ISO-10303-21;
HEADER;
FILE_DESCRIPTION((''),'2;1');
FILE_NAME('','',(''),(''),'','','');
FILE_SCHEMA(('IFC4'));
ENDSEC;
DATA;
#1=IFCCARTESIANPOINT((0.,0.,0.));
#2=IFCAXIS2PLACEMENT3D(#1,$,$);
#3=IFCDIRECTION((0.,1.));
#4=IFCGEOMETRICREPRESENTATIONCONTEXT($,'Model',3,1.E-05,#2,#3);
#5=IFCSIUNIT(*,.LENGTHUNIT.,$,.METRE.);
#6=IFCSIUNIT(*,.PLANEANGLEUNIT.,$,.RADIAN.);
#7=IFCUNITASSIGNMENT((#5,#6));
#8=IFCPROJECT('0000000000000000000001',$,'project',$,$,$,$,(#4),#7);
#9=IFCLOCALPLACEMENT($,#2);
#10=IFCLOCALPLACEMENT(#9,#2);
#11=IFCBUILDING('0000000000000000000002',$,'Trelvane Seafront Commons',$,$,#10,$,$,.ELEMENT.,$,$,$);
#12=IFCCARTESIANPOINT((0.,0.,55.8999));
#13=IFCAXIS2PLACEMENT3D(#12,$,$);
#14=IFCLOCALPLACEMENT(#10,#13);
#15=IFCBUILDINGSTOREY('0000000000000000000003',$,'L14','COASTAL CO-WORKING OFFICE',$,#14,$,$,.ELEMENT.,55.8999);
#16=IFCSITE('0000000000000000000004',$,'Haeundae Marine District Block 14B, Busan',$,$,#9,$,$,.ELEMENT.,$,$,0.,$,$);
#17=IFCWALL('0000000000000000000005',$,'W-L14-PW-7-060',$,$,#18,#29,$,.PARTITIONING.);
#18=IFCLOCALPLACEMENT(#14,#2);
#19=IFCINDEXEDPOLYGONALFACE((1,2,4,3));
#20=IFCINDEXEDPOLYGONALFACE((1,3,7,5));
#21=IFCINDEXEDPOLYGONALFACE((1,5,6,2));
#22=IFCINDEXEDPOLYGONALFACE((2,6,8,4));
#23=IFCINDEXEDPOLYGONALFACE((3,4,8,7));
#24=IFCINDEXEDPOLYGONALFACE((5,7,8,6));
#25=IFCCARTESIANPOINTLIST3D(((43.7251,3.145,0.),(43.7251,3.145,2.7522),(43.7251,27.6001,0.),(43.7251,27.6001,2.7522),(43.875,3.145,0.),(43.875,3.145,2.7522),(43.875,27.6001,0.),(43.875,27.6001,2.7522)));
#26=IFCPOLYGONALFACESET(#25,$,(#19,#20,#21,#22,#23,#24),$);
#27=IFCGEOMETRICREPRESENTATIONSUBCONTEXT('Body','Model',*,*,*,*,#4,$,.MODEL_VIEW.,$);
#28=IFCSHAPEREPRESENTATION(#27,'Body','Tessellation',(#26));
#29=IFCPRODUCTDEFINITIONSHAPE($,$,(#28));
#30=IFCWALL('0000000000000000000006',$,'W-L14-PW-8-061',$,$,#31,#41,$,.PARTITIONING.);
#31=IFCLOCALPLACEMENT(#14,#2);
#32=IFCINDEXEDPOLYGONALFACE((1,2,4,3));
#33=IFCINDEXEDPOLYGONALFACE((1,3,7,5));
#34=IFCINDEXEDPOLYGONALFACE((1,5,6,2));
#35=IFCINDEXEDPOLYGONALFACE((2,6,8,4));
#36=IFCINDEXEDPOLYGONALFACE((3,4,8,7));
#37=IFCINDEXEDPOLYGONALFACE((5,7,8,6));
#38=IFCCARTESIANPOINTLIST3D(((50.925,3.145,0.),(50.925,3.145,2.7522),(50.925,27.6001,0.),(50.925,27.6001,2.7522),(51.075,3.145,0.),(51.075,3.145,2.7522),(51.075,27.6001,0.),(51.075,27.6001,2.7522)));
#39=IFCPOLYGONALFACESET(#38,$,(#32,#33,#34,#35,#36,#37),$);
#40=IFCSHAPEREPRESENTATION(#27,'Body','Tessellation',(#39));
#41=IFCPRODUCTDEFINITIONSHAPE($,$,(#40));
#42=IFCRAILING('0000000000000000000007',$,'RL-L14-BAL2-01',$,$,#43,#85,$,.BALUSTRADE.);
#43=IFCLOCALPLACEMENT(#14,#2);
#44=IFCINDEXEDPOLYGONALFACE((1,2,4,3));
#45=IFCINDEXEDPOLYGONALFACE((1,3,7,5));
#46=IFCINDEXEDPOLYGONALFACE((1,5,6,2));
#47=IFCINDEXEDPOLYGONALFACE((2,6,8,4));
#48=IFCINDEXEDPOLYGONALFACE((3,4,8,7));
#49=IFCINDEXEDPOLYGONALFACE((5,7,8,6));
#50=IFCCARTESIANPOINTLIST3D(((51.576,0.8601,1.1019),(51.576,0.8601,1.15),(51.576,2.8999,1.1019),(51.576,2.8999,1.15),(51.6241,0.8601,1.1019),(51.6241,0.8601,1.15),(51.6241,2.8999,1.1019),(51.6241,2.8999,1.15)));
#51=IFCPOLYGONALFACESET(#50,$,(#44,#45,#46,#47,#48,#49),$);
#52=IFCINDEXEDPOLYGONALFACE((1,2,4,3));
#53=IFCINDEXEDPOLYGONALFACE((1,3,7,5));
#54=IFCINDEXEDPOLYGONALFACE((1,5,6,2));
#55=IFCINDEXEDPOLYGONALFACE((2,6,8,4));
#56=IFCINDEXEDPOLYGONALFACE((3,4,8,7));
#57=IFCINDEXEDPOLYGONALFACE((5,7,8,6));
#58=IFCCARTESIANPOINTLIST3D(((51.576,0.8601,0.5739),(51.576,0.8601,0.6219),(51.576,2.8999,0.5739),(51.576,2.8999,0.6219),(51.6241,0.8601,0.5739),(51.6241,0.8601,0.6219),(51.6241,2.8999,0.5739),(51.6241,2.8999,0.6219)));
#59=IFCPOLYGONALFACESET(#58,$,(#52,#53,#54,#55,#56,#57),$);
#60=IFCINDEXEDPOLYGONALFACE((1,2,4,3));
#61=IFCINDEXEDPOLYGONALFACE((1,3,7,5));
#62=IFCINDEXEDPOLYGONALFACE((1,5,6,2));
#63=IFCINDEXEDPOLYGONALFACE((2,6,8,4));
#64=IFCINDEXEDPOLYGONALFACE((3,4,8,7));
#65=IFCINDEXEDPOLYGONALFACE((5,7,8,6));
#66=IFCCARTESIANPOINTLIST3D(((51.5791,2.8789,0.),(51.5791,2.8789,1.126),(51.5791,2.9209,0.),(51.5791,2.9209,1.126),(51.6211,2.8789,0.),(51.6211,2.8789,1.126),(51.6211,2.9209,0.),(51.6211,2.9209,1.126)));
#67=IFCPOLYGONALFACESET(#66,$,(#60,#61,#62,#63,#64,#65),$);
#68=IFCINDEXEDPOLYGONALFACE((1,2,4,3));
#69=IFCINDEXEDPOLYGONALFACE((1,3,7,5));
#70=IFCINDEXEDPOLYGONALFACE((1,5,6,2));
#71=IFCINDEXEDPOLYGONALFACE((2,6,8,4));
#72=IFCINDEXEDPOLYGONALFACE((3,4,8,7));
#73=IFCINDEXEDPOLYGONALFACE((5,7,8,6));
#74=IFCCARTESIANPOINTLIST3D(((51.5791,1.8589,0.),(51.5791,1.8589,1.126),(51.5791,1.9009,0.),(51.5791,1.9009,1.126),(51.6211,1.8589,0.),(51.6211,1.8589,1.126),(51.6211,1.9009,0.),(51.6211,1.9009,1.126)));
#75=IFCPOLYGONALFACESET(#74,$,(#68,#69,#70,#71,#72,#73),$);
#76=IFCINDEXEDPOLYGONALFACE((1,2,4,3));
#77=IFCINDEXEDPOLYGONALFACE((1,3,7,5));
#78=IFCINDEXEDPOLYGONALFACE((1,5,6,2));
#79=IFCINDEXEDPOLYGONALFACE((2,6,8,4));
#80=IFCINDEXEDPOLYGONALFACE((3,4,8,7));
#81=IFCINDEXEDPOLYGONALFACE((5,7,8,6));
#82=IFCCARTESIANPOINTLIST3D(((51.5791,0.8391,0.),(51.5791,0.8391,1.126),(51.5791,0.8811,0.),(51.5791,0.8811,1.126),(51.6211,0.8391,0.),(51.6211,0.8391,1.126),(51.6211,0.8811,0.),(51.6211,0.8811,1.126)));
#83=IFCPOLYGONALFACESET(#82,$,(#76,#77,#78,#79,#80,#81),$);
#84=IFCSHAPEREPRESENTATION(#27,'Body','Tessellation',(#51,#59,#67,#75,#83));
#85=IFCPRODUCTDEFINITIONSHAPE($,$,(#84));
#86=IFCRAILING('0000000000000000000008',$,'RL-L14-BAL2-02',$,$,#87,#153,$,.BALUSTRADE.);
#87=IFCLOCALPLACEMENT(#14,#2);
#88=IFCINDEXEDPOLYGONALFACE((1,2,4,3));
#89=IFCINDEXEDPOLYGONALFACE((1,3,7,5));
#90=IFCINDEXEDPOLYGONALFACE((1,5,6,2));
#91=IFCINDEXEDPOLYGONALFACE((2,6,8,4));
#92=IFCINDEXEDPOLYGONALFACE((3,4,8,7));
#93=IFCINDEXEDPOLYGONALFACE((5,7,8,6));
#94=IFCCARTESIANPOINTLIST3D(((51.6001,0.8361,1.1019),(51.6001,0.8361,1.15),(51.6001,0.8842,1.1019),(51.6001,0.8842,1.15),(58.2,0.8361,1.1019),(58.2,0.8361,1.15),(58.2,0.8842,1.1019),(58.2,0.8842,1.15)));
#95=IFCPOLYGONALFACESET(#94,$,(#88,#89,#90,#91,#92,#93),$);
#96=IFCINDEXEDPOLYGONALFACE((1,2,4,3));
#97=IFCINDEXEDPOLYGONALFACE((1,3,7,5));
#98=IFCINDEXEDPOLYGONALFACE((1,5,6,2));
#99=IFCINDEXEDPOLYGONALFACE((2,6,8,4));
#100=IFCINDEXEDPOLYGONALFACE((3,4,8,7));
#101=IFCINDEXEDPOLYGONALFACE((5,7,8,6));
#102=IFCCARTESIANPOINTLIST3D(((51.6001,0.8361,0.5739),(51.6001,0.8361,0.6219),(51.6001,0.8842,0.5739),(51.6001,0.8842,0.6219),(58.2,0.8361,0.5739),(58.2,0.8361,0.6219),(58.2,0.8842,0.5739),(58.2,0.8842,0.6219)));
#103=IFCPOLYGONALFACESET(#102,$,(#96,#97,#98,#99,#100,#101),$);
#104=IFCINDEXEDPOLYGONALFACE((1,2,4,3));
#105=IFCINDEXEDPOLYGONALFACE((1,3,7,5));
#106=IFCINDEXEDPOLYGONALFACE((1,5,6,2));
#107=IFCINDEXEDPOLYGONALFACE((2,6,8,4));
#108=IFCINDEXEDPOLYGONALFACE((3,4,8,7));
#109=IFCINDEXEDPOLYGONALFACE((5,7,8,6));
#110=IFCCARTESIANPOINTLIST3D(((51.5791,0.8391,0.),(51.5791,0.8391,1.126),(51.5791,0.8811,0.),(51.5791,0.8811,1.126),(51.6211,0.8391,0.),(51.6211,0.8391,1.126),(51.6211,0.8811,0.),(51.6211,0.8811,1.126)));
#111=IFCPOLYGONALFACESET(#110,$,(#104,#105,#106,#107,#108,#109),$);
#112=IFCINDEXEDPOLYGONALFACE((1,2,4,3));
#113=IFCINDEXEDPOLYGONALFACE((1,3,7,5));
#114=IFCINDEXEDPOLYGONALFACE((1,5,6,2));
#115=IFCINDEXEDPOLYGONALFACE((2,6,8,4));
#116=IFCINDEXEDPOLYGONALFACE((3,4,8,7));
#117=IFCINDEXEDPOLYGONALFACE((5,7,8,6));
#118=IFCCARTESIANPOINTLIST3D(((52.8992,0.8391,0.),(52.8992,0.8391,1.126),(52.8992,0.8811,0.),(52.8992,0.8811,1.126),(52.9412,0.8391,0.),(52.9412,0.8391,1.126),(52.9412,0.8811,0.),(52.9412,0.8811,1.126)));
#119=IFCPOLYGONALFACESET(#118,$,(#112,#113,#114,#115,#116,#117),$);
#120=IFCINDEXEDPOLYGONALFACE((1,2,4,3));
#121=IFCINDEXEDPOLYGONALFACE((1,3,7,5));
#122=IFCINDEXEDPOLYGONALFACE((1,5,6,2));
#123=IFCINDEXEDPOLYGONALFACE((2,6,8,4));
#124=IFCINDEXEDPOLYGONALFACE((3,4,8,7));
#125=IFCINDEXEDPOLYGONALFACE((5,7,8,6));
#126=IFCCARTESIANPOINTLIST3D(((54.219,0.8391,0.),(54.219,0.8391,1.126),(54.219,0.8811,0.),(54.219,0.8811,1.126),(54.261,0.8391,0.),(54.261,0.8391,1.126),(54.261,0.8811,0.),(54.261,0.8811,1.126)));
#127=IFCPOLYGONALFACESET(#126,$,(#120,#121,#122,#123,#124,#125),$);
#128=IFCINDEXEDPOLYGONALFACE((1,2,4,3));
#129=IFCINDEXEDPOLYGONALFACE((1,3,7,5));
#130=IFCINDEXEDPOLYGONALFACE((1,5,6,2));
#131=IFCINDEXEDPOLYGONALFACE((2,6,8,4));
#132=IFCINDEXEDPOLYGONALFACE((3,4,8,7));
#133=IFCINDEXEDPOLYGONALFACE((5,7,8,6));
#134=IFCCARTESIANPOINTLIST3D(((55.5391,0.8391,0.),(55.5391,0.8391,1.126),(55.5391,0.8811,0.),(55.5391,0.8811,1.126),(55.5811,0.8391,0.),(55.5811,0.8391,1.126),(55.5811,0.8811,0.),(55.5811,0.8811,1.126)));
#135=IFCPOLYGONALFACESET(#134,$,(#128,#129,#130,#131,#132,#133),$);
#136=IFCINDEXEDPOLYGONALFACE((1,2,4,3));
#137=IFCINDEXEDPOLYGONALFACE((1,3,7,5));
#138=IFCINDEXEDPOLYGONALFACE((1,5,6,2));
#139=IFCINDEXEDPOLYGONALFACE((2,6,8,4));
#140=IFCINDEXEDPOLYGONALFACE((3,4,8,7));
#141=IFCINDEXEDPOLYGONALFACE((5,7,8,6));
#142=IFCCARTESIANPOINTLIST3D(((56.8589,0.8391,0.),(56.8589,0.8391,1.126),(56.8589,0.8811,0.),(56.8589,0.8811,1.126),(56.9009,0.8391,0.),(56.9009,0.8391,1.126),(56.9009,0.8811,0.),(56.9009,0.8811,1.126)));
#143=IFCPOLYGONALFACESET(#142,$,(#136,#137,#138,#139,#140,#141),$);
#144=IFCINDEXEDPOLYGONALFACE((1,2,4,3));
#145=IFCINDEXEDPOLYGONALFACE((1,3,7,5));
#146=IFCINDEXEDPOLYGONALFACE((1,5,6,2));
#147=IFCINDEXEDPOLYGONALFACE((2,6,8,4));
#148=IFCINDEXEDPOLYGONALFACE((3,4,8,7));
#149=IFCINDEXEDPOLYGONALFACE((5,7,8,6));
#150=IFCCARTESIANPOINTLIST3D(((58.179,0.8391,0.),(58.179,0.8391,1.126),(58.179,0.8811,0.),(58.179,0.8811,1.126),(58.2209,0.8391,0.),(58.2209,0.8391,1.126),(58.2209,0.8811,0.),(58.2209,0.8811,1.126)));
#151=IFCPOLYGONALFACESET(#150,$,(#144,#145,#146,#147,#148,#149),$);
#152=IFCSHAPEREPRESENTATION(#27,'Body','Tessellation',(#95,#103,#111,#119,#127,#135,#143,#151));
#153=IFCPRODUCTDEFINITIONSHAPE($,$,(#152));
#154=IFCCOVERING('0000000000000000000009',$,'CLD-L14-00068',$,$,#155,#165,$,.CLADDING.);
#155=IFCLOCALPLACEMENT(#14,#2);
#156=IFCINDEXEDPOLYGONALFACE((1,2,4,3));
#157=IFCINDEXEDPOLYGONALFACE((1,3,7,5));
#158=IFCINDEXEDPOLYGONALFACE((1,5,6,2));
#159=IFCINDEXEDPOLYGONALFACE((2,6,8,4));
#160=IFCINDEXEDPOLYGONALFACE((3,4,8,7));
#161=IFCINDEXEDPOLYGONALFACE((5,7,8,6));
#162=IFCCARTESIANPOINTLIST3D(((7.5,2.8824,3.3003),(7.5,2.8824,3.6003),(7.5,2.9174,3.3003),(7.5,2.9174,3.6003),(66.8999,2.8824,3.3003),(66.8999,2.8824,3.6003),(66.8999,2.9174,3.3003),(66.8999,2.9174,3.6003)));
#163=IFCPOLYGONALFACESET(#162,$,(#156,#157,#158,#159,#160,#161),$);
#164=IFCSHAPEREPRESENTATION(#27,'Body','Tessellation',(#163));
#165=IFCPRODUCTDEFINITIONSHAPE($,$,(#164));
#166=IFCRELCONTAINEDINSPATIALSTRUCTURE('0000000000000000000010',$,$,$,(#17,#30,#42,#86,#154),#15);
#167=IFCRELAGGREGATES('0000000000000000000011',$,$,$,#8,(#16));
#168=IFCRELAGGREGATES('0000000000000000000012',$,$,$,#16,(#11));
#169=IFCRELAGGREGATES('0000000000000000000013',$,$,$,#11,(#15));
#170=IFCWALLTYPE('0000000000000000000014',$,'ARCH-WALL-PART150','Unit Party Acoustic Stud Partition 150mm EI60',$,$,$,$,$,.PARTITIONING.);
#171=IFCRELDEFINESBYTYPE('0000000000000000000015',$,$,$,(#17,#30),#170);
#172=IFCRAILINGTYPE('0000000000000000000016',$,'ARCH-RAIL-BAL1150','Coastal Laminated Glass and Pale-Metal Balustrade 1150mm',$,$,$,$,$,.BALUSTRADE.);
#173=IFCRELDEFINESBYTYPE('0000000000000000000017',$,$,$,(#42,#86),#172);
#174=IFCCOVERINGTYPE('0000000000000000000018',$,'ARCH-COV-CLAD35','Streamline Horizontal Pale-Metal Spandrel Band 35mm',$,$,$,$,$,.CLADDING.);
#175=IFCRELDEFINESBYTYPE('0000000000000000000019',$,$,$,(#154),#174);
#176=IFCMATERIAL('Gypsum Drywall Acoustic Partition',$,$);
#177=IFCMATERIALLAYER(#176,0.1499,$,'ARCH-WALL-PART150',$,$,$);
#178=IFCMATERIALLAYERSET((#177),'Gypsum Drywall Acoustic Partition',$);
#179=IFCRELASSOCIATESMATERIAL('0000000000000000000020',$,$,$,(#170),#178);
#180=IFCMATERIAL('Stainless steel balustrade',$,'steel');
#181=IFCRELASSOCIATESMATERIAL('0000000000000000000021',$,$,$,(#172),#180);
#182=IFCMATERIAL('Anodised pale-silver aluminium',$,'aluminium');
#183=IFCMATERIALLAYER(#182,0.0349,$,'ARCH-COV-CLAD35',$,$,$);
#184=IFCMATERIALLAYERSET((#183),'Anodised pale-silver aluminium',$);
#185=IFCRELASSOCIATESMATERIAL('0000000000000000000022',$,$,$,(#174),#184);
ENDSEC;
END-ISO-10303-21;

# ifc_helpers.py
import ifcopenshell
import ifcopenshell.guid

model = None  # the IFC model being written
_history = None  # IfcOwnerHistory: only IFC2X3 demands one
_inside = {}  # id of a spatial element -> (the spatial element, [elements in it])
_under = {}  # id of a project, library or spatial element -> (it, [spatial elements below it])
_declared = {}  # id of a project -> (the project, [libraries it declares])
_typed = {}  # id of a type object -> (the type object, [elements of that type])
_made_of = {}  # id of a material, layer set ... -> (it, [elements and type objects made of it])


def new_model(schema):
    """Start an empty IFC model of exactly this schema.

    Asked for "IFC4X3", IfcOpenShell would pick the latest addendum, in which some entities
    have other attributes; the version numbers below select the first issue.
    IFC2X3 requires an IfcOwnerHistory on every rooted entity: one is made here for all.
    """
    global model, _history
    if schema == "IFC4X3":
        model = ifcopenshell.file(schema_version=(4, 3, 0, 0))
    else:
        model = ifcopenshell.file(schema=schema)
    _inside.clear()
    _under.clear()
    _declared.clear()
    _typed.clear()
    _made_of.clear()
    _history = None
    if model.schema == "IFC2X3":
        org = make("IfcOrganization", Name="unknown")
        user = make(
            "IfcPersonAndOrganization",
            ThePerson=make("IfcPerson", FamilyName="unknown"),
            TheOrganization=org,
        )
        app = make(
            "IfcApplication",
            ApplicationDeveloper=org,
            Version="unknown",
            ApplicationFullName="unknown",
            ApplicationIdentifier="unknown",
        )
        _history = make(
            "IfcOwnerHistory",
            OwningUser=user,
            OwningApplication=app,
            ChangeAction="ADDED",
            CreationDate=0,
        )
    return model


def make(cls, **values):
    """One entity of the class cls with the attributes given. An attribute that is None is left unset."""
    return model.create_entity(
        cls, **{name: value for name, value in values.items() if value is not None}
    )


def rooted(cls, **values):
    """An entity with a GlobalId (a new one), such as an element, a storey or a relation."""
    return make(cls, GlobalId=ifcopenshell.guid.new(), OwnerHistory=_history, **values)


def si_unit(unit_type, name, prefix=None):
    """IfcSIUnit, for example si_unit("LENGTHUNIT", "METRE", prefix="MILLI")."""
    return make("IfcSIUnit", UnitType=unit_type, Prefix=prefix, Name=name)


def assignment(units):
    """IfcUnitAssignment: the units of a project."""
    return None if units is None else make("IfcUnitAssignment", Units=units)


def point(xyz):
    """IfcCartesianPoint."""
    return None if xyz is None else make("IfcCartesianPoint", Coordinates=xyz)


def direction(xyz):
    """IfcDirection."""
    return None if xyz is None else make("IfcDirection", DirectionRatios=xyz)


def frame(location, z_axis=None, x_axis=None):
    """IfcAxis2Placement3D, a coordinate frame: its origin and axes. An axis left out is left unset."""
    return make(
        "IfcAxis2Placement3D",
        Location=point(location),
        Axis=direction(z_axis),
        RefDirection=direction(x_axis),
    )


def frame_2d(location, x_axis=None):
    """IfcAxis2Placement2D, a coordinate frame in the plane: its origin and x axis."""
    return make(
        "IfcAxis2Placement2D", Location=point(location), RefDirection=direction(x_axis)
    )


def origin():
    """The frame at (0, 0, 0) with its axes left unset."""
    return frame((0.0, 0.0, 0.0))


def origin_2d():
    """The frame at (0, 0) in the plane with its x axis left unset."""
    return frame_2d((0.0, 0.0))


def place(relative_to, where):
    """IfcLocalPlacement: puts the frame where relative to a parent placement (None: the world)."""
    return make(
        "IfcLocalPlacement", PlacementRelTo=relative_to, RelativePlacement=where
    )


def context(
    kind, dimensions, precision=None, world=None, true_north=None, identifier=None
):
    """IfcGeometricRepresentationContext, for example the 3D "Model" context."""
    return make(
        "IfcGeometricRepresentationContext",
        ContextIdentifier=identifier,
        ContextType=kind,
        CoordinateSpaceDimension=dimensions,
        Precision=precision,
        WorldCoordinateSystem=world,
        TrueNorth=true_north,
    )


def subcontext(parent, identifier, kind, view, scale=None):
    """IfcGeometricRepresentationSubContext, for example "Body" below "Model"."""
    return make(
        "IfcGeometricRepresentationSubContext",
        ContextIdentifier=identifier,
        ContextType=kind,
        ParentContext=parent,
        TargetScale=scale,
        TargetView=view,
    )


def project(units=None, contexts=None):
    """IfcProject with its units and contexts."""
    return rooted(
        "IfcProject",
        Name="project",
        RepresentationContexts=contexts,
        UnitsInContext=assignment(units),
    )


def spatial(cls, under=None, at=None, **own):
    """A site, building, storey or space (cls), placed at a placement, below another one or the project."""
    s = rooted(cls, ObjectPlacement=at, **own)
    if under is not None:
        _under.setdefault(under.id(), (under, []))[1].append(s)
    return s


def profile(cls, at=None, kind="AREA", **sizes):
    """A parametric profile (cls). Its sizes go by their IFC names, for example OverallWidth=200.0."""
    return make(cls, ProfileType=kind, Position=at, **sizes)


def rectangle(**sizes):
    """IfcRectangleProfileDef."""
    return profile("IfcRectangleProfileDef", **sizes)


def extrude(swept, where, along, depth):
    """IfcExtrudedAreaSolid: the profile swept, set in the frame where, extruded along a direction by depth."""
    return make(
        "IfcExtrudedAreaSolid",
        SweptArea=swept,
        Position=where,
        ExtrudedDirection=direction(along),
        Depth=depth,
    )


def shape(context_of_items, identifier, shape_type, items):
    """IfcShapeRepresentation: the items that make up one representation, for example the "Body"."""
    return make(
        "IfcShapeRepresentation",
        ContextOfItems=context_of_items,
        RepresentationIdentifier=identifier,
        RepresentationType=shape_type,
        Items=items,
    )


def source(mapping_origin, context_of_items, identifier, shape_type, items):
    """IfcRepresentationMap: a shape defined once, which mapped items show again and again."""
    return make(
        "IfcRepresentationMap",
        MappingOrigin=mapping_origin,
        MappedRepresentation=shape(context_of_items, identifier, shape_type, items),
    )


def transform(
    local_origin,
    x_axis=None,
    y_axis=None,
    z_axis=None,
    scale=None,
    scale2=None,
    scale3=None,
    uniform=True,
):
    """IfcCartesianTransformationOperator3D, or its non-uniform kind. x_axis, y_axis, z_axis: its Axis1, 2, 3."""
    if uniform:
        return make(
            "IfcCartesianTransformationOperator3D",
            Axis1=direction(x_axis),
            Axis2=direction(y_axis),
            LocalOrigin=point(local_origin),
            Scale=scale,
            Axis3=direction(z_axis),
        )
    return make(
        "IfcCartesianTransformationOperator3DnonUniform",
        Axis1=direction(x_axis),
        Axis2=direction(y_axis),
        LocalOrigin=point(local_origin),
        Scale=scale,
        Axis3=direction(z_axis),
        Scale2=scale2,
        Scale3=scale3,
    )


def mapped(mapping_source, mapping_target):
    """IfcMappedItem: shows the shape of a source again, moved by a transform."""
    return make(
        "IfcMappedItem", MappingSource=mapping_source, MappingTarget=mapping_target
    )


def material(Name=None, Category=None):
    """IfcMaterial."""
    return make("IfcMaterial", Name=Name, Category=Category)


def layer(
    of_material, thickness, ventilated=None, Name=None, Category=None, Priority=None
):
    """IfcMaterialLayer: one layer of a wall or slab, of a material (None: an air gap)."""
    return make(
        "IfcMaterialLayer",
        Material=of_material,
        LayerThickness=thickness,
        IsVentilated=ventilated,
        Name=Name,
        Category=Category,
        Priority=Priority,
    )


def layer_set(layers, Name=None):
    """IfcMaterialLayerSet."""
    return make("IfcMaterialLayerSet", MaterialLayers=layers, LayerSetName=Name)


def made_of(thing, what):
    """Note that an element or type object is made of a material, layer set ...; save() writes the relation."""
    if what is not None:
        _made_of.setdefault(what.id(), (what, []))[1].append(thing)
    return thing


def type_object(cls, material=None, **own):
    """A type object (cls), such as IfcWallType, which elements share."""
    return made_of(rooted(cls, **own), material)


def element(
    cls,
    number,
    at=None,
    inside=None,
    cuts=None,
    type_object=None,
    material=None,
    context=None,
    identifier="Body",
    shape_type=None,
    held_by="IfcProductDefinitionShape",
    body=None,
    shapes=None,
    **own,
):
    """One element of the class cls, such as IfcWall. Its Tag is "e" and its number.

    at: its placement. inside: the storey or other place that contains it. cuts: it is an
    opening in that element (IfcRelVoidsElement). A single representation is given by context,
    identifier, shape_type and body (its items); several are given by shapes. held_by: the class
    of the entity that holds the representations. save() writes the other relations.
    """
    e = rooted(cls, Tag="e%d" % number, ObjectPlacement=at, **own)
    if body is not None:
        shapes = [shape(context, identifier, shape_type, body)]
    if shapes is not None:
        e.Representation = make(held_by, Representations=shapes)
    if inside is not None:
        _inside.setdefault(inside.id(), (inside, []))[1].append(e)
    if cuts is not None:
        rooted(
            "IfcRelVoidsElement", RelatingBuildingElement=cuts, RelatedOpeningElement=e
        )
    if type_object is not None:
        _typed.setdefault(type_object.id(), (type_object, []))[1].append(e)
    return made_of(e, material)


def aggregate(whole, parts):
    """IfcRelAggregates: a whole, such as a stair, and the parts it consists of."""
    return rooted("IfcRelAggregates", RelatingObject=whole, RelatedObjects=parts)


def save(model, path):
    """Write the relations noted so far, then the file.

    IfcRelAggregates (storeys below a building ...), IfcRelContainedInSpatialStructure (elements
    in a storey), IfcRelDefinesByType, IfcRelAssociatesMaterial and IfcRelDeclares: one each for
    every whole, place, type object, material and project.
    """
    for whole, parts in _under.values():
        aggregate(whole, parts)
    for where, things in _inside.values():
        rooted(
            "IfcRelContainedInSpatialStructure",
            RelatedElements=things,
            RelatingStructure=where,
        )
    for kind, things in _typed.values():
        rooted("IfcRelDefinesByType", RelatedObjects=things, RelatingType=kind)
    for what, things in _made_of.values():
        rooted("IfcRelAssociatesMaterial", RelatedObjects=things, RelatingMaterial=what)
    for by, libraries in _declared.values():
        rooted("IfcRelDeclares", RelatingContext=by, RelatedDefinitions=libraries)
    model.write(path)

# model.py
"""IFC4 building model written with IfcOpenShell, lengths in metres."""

from ifc_helpers import new_model, si_unit, direction, frame, frame_2d, origin, origin_2d, place, context, subcontext, project, spatial, rectangle, extrude, source, transform, mapped, material, layer, layer_set, type_object, element, save


model = new_model("IFC4")

# Units and contexts
model_context = context("Model", 3, precision=1e-05, world=origin(), true_north=direction((0.0, 1.0)))
body_context = subcontext(model_context, "Body", "Model", "MODEL_VIEW")
ifc_project = project(units=[si_unit("LENGTHUNIT", "METRE"), si_unit("PLANEANGLEUNIT", "RADIAN")], contexts=[model_context])

# Site, building, storey
site_placement = place(None, origin())
site = spatial("IfcSite", under=ifc_project, at=site_placement, Name="Haeundae Marine District Block 14B, Busan", CompositionType="ELEMENT", RefElevation=0.0)
building_placement = place(site_placement, origin())
building = spatial("IfcBuilding", under=site, at=building_placement, Name="Trelvane Seafront Commons", CompositionType="ELEMENT")
storey_placement = place(building_placement, frame((0.0, 0.0, 55.8999)))
storey = spatial("IfcBuildingStorey", under=building, at=storey_placement, Name="L14", Description="COASTAL CO-WORKING OFFICE", CompositionType="ELEMENT", Elevation=55.8999)

# Shared definitions
ifc_material_1 = material(Name="Anodised pale-silver aluminium", Category="aluminium")

# Shared definitions
ifc_material_2 = material(Name="Gypsum Drywall Acoustic Partition")

# Walls
ifc_layer_1 = layer(ifc_material_2, 0.1499, Name="ARCH-WALL-PART150")
ifc_layer_set_1 = layer_set([ifc_layer_1], Name="Gypsum Drywall Acoustic Partition")
wall_type_1 = type_object("IfcWallType", Name="ARCH-WALL-PART150", Description="Unit Party Acoustic Stud Partition 150mm EI60", PredefinedType="PARTITIONING", material=ifc_layer_set_1)
for number, where, z_axis, x_axis, name in (
    (1, (43.8, 3.145, 0.0), (0.0, 0.0, 1.0), (0.0, 1.0, 0.0), "W-L14-PW-7-060"),
    (2, (51.0, 3.145, 0.0), (0.0, 0.0, 1.0), (0.0, 1.0, 0.0), "W-L14-PW-8-061"),
):
    element("IfcWall", number, at=place(storey_placement, frame(where, z_axis=z_axis, x_axis=x_axis)), inside=storey, type_object=wall_type_1, Name=name, PredefinedType="PARTITIONING", context=body_context, shape_type="SweptSolid", body=[
        extrude(rectangle(XDim=24.4551, YDim=0.1499, at=frame_2d((12.2275, 0.0))), origin(), (0.0, 0.0, 1.0), 2.7522),
    ])

# Railings
ifc_material_3 = material(Name="Stainless steel balustrade", Category="steel")
railing_type = type_object("IfcRailingType", Name="ARCH-RAIL-BAL1150", Description="Coastal Laminated Glass and Pale-Metal Balustrade 1150mm", PredefinedType="BALUSTRADE", material=ifc_material_3)
railing_1_placement = place(storey_placement, frame((51.6001, 2.8999, 0.0)))
element("IfcRailing", 3, at=railing_1_placement, inside=storey, type_object=railing_type, Name="RL-L14-BAL2-01", PredefinedType="BALUSTRADE", context=body_context, shape_type="SweptSolid", body=[
    extrude(rectangle(XDim=0.0481, YDim=0.0481, at=origin_2d()), frame((0.0, 0.0, 1.126), z_axis=(0.0, -1.0, 0.0), x_axis=(1.0, 0.0, 0.0)), (0.0, 0.0, 1.0), 2.0398),
    extrude(rectangle(XDim=0.0481, YDim=0.0481, at=origin_2d()), frame((0.0, 0.0, 0.5979), z_axis=(0.0, -1.0, 0.0), x_axis=(1.0, 0.0, 0.0)), (0.0, 0.0, 1.0), 2.0398),
    extrude(rectangle(XDim=0.042, YDim=0.042, at=origin_2d()), origin(), (0.0, 0.0, 1.0), 1.126),
    extrude(rectangle(XDim=0.042, YDim=0.042, at=origin_2d()), frame((0.0, -1.02, 0.0)), (0.0, 0.0, 1.0), 1.126),
    extrude(rectangle(XDim=0.042, YDim=0.042, at=origin_2d()), frame((0.0, -2.0398, 0.0)), (0.0, 0.0, 1.0), 1.126),
])
railing_2_placement = place(storey_placement, frame((51.6001, 0.8601, 0.0)))
element("IfcRailing", 4, at=railing_2_placement, inside=storey, type_object=railing_type, Name="RL-L14-BAL2-02", PredefinedType="BALUSTRADE", context=body_context, shape_type="SweptSolid", body=[
    extrude(rectangle(XDim=0.0481, YDim=0.0481, at=origin_2d()), frame((0.0, 0.0, 1.126), z_axis=(1.0, 0.0, 0.0), x_axis=(0.0, 1.0, 0.0)), (0.0, 0.0, 1.0), 6.5999),
    extrude(rectangle(XDim=0.0481, YDim=0.0481, at=origin_2d()), frame((0.0, 0.0, 0.5979), z_axis=(1.0, 0.0, 0.0), x_axis=(0.0, 1.0, 0.0)), (0.0, 0.0, 1.0), 6.5999),
    extrude(rectangle(XDim=0.042, YDim=0.042, at=origin_2d()), origin(), (0.0, 0.0, 1.0), 1.126),
    extrude(rectangle(XDim=0.042, YDim=0.042, at=origin_2d()), frame((1.3201, 0.0, 0.0)), (0.0, 0.0, 1.0), 1.126),
    extrude(rectangle(XDim=0.042, YDim=0.042, at=origin_2d()), frame((2.6399, 0.0, 0.0)), (0.0, 0.0, 1.0), 1.126),
    extrude(rectangle(XDim=0.042, YDim=0.042, at=origin_2d()), frame((3.96, 0.0, 0.0)), (0.0, 0.0, 1.0), 1.126),
    extrude(rectangle(XDim=0.042, YDim=0.042, at=origin_2d()), frame((5.2798, 0.0, 0.0)), (0.0, 0.0, 1.0), 1.126),
    extrude(rectangle(XDim=0.042, YDim=0.042, at=origin_2d()), frame((6.5999, 0.0, 0.0)), (0.0, 0.0, 1.0), 1.126),
])

# Covering
ifc_layer_2 = layer(ifc_material_1, 0.0349, Name="ARCH-COV-CLAD35")
ifc_layer_set_2 = layer_set([ifc_layer_2], Name="Anodised pale-silver aluminium")
covering_type = type_object("IfcCoveringType", Name="ARCH-COV-CLAD35", Description="Streamline Horizontal Pale-Metal Spandrel Band 35mm", PredefinedType="CLADDING", material=ifc_layer_set_2)
shared_shape_1 = source(origin(), body_context, "Body", "SweptSolid", [
    extrude(rectangle(XDim=59.3999, YDim=0.0349, at=origin_2d()), origin(), (0.0, 0.0, 1.0), 0.3),
])
covering_placement = place(storey_placement, frame((37.2, 2.8999, 3.3003), z_axis=(0.0, 0.0, 1.0), x_axis=(-1.0, 0.0, 0.0)))
element("IfcCovering", 5, at=covering_placement, inside=storey, type_object=covering_type, Name="CLD-L14-00068", PredefinedType="CLADDING", context=body_context, shape_type="MappedRepresentation", body=[
    mapped(shared_shape_1, transform((0.0, 0.0, 0.0), x_axis=(1.0, 0.0, 0.0), y_axis=(0.0, 1.0, 0.0), z_axis=(0.0, 0.0, 1.0), scale=1.0)),
])

save(model, "model.ifc")
